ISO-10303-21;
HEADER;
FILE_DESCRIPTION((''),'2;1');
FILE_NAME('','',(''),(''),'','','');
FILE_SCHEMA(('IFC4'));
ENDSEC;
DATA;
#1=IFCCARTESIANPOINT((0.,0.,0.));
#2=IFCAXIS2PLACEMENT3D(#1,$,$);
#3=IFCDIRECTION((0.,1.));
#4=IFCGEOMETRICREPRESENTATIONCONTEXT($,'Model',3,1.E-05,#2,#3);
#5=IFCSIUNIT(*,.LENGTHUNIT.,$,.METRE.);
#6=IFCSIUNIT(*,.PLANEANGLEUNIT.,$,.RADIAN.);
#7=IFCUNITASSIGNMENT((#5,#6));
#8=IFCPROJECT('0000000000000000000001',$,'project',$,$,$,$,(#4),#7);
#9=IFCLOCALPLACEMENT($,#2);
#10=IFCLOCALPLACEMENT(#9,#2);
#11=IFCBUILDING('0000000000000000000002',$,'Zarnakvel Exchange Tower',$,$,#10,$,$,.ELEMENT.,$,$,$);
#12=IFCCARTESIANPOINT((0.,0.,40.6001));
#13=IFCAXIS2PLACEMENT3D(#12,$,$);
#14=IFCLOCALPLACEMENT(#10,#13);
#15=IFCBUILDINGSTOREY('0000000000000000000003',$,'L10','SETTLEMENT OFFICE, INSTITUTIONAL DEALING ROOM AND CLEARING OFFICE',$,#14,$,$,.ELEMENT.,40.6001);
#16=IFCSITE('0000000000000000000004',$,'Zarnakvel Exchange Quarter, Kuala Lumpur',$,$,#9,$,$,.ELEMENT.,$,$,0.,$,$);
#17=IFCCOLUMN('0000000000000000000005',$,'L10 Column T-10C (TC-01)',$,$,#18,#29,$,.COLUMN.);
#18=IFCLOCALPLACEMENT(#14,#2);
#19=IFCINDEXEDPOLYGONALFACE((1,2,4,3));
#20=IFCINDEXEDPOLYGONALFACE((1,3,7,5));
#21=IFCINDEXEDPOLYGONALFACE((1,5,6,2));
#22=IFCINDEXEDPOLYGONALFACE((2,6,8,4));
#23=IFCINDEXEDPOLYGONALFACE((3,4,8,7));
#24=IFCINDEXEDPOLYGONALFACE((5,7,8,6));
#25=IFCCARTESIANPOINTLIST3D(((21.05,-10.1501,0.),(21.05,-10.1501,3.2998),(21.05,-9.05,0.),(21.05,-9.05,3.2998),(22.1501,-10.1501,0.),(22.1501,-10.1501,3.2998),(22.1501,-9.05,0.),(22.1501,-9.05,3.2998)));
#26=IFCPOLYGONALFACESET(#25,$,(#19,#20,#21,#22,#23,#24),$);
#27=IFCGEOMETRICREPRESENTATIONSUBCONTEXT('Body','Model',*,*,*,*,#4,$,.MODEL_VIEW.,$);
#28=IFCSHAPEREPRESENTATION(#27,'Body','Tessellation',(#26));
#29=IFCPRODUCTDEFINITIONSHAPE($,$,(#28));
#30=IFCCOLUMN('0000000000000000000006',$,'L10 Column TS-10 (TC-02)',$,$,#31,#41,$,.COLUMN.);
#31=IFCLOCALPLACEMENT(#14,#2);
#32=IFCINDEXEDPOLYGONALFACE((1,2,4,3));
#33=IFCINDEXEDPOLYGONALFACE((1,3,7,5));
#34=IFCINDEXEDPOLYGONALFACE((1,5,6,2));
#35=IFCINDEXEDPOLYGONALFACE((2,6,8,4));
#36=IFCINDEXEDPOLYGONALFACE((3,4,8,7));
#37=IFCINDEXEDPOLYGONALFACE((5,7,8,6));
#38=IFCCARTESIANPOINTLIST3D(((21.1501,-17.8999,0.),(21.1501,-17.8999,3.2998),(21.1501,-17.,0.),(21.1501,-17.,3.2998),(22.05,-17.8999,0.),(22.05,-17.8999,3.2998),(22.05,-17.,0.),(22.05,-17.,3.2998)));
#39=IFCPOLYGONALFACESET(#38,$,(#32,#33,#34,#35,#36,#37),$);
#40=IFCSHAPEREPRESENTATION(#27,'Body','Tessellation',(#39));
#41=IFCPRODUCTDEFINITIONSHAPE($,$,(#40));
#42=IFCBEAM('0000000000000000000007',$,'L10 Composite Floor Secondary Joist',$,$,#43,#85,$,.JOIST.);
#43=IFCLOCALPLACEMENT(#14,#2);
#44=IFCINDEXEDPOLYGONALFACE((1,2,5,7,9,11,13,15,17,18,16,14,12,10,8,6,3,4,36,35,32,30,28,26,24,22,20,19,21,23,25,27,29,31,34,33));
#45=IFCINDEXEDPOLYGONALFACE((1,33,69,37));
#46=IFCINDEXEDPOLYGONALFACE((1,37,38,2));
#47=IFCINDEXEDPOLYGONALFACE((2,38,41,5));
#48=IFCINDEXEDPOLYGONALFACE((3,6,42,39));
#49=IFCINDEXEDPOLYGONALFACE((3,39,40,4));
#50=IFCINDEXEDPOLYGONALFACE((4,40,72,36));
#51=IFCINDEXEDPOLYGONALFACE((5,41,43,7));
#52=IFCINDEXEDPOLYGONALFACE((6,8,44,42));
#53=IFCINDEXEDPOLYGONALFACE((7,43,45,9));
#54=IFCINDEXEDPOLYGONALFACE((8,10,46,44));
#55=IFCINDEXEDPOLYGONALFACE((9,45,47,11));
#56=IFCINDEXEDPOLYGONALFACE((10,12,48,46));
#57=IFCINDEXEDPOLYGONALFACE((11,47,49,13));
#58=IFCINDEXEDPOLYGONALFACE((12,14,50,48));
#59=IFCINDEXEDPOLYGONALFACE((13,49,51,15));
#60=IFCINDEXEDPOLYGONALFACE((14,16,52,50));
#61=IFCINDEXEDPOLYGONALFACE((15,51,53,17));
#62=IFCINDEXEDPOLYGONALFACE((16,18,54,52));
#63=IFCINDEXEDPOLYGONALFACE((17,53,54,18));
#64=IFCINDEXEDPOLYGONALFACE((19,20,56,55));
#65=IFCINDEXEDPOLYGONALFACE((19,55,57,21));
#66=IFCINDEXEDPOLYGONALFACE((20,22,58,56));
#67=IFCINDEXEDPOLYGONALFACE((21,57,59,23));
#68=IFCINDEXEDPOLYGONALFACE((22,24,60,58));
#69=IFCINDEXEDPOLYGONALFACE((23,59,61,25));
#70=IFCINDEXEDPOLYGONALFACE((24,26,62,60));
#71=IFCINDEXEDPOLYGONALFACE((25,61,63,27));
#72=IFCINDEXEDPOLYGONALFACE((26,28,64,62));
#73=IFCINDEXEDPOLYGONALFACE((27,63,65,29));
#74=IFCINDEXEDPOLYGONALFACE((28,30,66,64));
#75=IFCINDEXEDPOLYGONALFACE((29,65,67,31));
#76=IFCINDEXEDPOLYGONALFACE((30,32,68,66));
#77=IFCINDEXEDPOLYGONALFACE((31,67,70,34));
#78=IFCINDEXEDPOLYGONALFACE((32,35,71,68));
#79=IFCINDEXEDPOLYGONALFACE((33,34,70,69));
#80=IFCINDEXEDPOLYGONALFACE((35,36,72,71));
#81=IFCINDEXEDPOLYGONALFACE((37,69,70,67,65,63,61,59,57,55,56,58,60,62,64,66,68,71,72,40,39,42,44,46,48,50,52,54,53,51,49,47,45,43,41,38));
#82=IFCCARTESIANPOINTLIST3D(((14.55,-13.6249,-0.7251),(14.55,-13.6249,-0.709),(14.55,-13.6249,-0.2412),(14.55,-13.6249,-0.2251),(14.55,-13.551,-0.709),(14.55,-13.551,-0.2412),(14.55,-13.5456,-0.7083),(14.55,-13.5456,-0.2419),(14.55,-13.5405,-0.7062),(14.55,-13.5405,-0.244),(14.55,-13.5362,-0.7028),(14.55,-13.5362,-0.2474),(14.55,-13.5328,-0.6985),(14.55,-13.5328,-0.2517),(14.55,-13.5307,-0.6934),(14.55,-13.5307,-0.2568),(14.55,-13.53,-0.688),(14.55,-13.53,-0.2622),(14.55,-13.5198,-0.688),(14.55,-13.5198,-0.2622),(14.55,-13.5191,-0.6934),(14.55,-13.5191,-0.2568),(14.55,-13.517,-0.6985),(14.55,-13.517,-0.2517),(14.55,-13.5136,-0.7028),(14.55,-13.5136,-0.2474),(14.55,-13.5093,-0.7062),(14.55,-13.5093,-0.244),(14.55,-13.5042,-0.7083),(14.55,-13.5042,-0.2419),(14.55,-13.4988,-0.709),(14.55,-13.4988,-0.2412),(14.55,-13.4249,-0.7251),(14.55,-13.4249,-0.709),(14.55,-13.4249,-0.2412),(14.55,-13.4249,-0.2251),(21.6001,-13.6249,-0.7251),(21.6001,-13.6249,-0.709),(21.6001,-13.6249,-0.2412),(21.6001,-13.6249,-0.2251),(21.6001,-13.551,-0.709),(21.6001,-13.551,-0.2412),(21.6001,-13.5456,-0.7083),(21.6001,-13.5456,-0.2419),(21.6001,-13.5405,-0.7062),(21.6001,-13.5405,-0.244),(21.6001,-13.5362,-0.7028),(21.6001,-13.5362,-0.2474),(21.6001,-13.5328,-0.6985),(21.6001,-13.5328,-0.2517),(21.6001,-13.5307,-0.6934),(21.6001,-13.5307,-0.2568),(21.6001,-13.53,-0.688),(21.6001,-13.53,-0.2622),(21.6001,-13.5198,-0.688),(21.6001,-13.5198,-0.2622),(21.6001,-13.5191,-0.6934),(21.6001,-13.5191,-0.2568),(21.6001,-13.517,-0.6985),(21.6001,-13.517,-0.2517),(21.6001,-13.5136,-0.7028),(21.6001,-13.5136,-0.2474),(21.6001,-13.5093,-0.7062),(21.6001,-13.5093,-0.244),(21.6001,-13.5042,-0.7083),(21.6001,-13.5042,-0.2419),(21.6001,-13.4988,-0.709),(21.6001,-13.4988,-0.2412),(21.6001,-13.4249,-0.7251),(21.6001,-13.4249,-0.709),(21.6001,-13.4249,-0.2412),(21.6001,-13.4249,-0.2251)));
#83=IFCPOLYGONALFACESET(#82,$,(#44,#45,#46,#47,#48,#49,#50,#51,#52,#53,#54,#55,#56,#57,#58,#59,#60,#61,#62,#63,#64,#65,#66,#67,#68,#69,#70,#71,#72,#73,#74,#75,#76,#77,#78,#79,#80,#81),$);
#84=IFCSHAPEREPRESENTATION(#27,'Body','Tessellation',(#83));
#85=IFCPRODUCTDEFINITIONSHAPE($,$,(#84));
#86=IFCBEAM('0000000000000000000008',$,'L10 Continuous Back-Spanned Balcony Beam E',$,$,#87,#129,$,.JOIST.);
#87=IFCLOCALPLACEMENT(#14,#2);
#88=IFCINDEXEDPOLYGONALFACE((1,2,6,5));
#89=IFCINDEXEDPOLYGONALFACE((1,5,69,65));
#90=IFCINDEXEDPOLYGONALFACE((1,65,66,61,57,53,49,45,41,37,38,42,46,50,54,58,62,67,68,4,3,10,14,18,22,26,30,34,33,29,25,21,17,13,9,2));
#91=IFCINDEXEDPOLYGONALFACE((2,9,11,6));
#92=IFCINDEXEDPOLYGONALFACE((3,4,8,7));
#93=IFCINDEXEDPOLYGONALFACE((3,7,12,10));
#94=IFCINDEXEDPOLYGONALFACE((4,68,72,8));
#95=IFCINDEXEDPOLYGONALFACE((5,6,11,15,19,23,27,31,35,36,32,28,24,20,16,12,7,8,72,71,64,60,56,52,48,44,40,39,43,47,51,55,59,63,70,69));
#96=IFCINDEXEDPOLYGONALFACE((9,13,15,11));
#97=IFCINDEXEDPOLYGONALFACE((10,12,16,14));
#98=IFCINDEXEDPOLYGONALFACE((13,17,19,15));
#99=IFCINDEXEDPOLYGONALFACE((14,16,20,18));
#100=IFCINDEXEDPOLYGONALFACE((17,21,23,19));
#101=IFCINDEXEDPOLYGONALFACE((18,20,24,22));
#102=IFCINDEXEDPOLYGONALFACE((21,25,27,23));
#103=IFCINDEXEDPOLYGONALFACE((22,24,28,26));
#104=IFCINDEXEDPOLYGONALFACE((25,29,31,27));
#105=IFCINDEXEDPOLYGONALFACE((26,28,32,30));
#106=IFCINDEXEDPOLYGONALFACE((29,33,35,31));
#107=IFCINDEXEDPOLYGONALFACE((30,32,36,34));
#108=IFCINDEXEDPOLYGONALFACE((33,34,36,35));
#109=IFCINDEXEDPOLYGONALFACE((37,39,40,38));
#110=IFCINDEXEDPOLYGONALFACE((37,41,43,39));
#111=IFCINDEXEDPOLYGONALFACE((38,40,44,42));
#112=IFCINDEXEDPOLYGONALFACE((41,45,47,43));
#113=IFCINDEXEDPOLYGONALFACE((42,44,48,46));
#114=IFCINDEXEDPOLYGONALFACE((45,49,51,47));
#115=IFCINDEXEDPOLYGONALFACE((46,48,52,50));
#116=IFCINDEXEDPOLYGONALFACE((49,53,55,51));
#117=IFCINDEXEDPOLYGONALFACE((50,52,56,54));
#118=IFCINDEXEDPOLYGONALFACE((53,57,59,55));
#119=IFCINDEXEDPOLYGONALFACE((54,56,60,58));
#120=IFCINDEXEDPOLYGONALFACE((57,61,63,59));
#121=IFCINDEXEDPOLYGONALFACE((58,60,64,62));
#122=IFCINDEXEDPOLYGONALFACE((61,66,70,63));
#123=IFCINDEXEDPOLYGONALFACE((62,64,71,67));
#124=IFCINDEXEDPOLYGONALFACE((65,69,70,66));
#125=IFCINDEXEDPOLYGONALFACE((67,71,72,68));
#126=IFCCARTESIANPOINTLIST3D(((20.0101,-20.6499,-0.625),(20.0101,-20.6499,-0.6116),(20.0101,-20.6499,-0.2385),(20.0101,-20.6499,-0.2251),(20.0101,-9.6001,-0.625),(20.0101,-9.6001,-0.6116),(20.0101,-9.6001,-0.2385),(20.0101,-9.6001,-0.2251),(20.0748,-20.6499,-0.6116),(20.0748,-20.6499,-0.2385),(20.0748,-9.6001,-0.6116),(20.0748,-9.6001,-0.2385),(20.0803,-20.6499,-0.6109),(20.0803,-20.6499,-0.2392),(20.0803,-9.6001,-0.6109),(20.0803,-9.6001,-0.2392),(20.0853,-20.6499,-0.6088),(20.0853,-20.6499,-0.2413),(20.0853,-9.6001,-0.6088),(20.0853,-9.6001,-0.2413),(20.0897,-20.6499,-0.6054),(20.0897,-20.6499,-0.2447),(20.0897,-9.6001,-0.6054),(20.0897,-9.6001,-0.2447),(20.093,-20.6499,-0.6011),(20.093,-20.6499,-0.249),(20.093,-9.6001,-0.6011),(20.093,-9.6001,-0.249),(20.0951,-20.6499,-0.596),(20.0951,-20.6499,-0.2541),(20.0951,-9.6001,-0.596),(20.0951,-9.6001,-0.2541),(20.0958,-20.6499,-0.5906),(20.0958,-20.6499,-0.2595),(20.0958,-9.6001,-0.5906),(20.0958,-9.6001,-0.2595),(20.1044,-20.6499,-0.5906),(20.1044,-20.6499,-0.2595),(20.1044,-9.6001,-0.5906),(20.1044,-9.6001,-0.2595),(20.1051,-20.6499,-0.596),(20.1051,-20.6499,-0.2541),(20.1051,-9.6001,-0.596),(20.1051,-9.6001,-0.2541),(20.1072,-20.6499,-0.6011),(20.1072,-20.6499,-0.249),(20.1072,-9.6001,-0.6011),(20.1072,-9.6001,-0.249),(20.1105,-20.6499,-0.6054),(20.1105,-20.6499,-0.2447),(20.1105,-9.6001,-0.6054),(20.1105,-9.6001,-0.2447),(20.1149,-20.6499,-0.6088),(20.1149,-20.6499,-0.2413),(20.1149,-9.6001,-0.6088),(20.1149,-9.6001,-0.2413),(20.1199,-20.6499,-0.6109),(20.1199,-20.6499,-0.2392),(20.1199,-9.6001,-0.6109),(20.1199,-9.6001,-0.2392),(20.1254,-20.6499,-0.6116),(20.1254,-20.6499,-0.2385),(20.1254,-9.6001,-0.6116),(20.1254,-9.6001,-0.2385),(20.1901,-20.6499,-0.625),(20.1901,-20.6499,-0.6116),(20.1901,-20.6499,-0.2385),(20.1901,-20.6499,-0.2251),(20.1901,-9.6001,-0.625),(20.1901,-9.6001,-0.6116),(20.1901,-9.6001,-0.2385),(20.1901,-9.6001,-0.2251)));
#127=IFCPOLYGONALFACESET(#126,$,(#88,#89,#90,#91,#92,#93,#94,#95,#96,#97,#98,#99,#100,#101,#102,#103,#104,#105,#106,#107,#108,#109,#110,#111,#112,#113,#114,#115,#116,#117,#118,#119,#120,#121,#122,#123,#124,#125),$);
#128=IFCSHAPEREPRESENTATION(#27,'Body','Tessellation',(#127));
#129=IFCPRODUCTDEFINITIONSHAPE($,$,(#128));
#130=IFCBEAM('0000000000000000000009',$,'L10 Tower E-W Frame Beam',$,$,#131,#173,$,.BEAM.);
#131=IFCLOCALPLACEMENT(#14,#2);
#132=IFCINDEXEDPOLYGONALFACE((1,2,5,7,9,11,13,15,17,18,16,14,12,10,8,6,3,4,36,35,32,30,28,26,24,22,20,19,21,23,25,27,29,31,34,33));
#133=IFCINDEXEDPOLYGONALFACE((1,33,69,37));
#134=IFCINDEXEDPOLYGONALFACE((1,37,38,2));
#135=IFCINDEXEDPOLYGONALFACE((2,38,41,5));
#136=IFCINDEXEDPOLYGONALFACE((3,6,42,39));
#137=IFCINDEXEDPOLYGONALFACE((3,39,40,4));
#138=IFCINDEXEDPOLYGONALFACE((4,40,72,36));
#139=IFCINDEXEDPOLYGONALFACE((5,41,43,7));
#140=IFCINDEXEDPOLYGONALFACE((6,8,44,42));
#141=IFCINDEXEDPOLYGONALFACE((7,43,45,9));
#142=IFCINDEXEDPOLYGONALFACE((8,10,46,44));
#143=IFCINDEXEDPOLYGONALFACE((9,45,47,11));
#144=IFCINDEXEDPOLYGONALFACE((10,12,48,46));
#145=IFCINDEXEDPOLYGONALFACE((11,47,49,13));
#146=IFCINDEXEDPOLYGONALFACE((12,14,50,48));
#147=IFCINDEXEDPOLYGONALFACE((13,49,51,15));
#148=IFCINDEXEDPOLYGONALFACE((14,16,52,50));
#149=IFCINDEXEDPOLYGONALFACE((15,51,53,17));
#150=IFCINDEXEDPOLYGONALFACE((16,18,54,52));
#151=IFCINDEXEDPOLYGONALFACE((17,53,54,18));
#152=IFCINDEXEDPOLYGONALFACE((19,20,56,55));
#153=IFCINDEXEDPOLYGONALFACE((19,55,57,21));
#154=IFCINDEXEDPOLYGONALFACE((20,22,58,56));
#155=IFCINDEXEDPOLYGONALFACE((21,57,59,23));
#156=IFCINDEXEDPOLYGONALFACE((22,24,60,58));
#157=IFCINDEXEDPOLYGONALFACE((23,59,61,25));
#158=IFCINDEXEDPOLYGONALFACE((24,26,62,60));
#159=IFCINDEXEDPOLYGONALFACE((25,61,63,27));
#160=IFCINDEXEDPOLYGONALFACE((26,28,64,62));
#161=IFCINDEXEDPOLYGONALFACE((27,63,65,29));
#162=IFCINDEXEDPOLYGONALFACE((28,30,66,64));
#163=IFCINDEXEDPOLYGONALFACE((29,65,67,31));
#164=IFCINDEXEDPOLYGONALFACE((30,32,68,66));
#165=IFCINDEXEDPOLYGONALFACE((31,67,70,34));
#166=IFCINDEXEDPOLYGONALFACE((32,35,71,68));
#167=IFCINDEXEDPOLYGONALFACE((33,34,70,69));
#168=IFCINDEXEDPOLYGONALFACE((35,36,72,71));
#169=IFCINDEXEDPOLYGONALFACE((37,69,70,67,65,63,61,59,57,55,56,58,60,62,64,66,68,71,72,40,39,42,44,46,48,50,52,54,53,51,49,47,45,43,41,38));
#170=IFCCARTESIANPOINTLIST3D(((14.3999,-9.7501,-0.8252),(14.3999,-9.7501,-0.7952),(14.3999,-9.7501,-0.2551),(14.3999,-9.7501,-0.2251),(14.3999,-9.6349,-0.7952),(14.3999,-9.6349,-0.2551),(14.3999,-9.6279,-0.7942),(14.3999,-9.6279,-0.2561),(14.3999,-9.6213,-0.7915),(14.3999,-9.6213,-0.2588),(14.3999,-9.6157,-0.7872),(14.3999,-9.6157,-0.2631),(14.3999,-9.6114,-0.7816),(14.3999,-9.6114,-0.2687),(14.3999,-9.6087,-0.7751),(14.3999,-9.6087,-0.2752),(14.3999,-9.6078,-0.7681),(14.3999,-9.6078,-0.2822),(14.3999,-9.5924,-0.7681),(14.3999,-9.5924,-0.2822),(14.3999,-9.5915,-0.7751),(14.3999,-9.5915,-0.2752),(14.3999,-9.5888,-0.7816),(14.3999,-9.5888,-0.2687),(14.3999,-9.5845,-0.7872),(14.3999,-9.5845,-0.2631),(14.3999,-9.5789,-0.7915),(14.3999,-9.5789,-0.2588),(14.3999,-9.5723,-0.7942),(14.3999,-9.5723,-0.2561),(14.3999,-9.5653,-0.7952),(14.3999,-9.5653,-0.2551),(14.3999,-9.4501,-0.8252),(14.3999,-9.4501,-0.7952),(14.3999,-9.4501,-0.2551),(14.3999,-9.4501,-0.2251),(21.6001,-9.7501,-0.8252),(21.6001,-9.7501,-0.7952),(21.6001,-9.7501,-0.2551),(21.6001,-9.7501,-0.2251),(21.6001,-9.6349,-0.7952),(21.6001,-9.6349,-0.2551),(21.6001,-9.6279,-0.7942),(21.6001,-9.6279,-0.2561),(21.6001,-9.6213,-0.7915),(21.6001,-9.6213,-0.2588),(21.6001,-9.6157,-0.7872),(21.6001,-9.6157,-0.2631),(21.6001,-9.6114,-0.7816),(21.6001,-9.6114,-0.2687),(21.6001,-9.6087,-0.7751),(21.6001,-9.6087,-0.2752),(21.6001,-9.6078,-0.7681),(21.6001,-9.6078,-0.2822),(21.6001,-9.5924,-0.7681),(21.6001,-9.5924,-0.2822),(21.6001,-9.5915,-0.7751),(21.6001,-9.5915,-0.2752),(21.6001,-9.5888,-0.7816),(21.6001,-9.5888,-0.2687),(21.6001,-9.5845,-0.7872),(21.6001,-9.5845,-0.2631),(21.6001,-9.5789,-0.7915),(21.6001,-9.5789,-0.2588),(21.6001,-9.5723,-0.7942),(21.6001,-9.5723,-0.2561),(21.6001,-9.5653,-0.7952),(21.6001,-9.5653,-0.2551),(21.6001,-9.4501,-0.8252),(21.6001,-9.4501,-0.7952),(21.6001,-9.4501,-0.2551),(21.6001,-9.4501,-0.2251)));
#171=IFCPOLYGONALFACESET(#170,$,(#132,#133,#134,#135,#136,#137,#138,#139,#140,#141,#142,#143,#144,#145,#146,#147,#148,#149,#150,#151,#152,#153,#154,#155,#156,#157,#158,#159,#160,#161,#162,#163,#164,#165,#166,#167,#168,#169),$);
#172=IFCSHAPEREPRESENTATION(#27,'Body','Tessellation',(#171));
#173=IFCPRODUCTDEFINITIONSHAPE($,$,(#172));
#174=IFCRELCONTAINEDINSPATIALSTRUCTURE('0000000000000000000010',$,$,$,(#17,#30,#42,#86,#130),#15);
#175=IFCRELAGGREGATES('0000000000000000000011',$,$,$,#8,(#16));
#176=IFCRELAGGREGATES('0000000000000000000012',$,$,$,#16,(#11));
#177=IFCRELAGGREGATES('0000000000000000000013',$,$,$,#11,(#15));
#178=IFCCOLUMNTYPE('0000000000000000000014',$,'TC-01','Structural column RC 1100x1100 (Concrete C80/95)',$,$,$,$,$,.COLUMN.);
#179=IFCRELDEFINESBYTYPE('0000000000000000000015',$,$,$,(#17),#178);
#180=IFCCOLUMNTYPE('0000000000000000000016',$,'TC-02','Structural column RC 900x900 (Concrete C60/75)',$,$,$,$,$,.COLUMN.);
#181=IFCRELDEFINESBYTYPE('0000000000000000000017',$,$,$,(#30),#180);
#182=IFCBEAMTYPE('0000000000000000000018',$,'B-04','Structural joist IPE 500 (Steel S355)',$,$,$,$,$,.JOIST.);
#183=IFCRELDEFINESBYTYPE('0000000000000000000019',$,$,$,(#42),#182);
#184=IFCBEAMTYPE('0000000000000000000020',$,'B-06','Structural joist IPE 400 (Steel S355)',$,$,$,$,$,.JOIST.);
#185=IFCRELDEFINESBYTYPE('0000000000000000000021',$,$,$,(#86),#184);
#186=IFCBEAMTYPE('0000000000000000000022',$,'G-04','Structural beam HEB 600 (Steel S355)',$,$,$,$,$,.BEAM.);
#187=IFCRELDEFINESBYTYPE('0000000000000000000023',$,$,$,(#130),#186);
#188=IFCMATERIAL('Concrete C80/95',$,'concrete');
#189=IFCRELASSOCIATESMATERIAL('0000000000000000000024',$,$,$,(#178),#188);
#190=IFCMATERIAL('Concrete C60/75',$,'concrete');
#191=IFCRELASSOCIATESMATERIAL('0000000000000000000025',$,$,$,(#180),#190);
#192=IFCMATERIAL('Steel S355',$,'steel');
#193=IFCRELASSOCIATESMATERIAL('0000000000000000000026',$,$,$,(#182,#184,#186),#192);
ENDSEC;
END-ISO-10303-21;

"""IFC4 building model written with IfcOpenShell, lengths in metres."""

from ifc_helpers import new_model, si_unit, direction, frame, origin, origin_2d, place, context, subcontext, project, spatial, rectangle, i_section, extrude, material, material_profile, profile_set, type_object, element, save


model = new_model("IFC4")

# Units and contexts
model_context = context("Model", 3, precision=1e-05, world=origin(), true_north=direction((0.0, 1.0)))
body_context = subcontext(model_context, "Body", "Model", "MODEL_VIEW")
ifc_project = project(units=[si_unit("LENGTHUNIT", "METRE"), si_unit("PLANEANGLEUNIT", "RADIAN")], contexts=[model_context])

# Site, building, storey
site_placement = place(None, origin())
site = spatial("IfcSite", under=ifc_project, at=site_placement, Name="Zarnakvel Exchange Quarter, Kuala Lumpur", CompositionType="ELEMENT", RefElevation=0.0)
building_placement = place(site_placement, origin())
building = spatial("IfcBuilding", under=site, at=building_placement, Name="Zarnakvel Exchange Tower", CompositionType="ELEMENT")
storey_placement = place(building_placement, frame((0.0, 0.0, 40.6001)))
storey = spatial("IfcBuildingStorey", under=building, at=storey_placement, Name="L10", Description="SETTLEMENT OFFICE, INSTITUTIONAL DEALING ROOM AND CLEARING OFFICE", CompositionType="ELEMENT", Elevation=40.6001)

# Columns
ifc_material_1 = material(Name="Concrete C80/95", Category="concrete")
ifc_material_profile_1 = material_profile(ifc_material_1, rectangle(XDim=1.1001, YDim=1.1001, at=origin_2d()))
ifc_profile_set_1 = profile_set([ifc_material_profile_1], Name="Concrete C80/95")
column_type_1 = type_object("IfcColumnType", Name="TC-01", Description="Structural column RC 1100x1100 (Concrete C80/95)", PredefinedType="COLUMN", material=ifc_profile_set_1)
column_1_placement = place(storey_placement, frame((21.6001, -9.6001, 0.0), z_axis=(0.0, 0.0, 1.0), x_axis=(1.0, 0.0, 0.0)))
element("IfcColumn", 1, at=column_1_placement, inside=storey, type_object=column_type_1, Name="L10 Column T-10C (TC-01)", PredefinedType="COLUMN", context=body_context, shape_type="SweptSolid", body=[
    extrude(rectangle(XDim=1.1001, YDim=1.1001, at=origin_2d()), origin(), (0.0, 0.0, 1.0), 3.2998),
])
ifc_material_2 = material(Name="Concrete C60/75", Category="concrete")
ifc_material_profile_2 = material_profile(ifc_material_2, rectangle(XDim=0.8999, YDim=0.8999, at=origin_2d()))
ifc_profile_set_2 = profile_set([ifc_material_profile_2], Name="Concrete C60/75")
column_type_2 = type_object("IfcColumnType", Name="TC-02", Description="Structural column RC 900x900 (Concrete C60/75)", PredefinedType="COLUMN", material=ifc_profile_set_2)
column_2_placement = place(storey_placement, frame((21.6001, -17.45, 0.0), z_axis=(0.0, 0.0, 1.0), x_axis=(1.0, 0.0, 0.0)))
element("IfcColumn", 2, at=column_2_placement, inside=storey, type_object=column_type_2, Name="L10 Column TS-10 (TC-02)", PredefinedType="COLUMN", context=body_context, shape_type="SweptSolid", body=[
    extrude(rectangle(XDim=0.8999, YDim=0.8999, at=origin_2d()), origin(), (0.0, 0.0, 1.0), 3.2998),
])

# Beams
ifc_material_3 = material(Name="Steel S355", Category="steel")
ifc_material_profile_3 = material_profile(ifc_material_3, i_section(OverallWidth=0.2, OverallDepth=0.5, WebThickness=0.0103, FlangeThickness=0.0161, FilletRadius=0.021, at=origin_2d()))
ifc_profile_set_3 = profile_set([ifc_material_profile_3], Name="Steel S355")
beam_type_1 = type_object("IfcBeamType", Name="B-04", Description="Structural joist IPE 500 (Steel S355)", PredefinedType="JOIST", material=ifc_profile_set_3)
beam_1_placement = place(storey_placement, frame((14.55, -13.5249, -0.4751), z_axis=(1.0, 0.0, 0.0), x_axis=(0.0, 1.0, 0.0)))
element("IfcBeam", 3, at=beam_1_placement, inside=storey, type_object=beam_type_1, Name="L10 Composite Floor Secondary Joist", PredefinedType="JOIST", context=body_context, shape_type="SweptSolid", body=[
    extrude(i_section(OverallWidth=0.2, OverallDepth=0.5, WebThickness=0.0103, FlangeThickness=0.0161, FilletRadius=0.021, at=origin_2d()), origin(), (0.0, 0.0, 1.0), 7.05),
])
ifc_material_profile_4 = material_profile(ifc_material_3, i_section(OverallWidth=0.1799, OverallDepth=0.3999, WebThickness=0.0085, FlangeThickness=0.0134, FilletRadius=0.021, at=origin_2d()))
ifc_profile_set_4 = profile_set([ifc_material_profile_4], Name="Steel S355")
beam_type_2 = type_object("IfcBeamType", Name="B-06", Description="Structural joist IPE 400 (Steel S355)", PredefinedType="JOIST", material=ifc_profile_set_4)
beam_2_placement = place(storey_placement, frame((20.1001, -9.6001, -0.425), z_axis=(0.0, -1.0, 0.0), x_axis=(1.0, 0.0, 0.0)))
element("IfcBeam", 4, at=beam_2_placement, inside=storey, type_object=beam_type_2, Name="L10 Continuous Back-Spanned Balcony Beam E", PredefinedType="JOIST", context=body_context, shape_type="SweptSolid", body=[
    extrude(i_section(OverallWidth=0.1799, OverallDepth=0.3999, WebThickness=0.0085, FlangeThickness=0.0134, FilletRadius=0.021, at=origin_2d()), origin(), (0.0, 0.0, 1.0), 11.0498),
])
ifc_material_profile_5 = material_profile(ifc_material_3, i_section(OverallWidth=0.3, OverallDepth=0.6001, WebThickness=0.0154, FlangeThickness=0.03, FilletRadius=0.0271, at=origin_2d()))
ifc_profile_set_5 = profile_set([ifc_material_profile_5], Name="Steel S355")
beam_type_3 = type_object("IfcBeamType", Name="G-04", Description="Structural beam HEB 600 (Steel S355)", PredefinedType="BEAM", material=ifc_profile_set_5)
beam_3_placement = place(storey_placement, frame((14.3999, -9.6001, -0.5251), z_axis=(1.0, 0.0, 0.0), x_axis=(0.0, 1.0, 0.0)))
element("IfcBeam", 5, at=beam_3_placement, inside=storey, type_object=beam_type_3, Name="L10 Tower E-W Frame Beam", PredefinedType="BEAM", context=body_context, shape_type="SweptSolid", body=[
    extrude(i_section(OverallWidth=0.3, OverallDepth=0.6001, WebThickness=0.0154, FlangeThickness=0.03, FilletRadius=0.0271, at=origin_2d()), origin(), (0.0, 0.0, 1.0), 7.2002),
])

save(model, "model.ifc")
